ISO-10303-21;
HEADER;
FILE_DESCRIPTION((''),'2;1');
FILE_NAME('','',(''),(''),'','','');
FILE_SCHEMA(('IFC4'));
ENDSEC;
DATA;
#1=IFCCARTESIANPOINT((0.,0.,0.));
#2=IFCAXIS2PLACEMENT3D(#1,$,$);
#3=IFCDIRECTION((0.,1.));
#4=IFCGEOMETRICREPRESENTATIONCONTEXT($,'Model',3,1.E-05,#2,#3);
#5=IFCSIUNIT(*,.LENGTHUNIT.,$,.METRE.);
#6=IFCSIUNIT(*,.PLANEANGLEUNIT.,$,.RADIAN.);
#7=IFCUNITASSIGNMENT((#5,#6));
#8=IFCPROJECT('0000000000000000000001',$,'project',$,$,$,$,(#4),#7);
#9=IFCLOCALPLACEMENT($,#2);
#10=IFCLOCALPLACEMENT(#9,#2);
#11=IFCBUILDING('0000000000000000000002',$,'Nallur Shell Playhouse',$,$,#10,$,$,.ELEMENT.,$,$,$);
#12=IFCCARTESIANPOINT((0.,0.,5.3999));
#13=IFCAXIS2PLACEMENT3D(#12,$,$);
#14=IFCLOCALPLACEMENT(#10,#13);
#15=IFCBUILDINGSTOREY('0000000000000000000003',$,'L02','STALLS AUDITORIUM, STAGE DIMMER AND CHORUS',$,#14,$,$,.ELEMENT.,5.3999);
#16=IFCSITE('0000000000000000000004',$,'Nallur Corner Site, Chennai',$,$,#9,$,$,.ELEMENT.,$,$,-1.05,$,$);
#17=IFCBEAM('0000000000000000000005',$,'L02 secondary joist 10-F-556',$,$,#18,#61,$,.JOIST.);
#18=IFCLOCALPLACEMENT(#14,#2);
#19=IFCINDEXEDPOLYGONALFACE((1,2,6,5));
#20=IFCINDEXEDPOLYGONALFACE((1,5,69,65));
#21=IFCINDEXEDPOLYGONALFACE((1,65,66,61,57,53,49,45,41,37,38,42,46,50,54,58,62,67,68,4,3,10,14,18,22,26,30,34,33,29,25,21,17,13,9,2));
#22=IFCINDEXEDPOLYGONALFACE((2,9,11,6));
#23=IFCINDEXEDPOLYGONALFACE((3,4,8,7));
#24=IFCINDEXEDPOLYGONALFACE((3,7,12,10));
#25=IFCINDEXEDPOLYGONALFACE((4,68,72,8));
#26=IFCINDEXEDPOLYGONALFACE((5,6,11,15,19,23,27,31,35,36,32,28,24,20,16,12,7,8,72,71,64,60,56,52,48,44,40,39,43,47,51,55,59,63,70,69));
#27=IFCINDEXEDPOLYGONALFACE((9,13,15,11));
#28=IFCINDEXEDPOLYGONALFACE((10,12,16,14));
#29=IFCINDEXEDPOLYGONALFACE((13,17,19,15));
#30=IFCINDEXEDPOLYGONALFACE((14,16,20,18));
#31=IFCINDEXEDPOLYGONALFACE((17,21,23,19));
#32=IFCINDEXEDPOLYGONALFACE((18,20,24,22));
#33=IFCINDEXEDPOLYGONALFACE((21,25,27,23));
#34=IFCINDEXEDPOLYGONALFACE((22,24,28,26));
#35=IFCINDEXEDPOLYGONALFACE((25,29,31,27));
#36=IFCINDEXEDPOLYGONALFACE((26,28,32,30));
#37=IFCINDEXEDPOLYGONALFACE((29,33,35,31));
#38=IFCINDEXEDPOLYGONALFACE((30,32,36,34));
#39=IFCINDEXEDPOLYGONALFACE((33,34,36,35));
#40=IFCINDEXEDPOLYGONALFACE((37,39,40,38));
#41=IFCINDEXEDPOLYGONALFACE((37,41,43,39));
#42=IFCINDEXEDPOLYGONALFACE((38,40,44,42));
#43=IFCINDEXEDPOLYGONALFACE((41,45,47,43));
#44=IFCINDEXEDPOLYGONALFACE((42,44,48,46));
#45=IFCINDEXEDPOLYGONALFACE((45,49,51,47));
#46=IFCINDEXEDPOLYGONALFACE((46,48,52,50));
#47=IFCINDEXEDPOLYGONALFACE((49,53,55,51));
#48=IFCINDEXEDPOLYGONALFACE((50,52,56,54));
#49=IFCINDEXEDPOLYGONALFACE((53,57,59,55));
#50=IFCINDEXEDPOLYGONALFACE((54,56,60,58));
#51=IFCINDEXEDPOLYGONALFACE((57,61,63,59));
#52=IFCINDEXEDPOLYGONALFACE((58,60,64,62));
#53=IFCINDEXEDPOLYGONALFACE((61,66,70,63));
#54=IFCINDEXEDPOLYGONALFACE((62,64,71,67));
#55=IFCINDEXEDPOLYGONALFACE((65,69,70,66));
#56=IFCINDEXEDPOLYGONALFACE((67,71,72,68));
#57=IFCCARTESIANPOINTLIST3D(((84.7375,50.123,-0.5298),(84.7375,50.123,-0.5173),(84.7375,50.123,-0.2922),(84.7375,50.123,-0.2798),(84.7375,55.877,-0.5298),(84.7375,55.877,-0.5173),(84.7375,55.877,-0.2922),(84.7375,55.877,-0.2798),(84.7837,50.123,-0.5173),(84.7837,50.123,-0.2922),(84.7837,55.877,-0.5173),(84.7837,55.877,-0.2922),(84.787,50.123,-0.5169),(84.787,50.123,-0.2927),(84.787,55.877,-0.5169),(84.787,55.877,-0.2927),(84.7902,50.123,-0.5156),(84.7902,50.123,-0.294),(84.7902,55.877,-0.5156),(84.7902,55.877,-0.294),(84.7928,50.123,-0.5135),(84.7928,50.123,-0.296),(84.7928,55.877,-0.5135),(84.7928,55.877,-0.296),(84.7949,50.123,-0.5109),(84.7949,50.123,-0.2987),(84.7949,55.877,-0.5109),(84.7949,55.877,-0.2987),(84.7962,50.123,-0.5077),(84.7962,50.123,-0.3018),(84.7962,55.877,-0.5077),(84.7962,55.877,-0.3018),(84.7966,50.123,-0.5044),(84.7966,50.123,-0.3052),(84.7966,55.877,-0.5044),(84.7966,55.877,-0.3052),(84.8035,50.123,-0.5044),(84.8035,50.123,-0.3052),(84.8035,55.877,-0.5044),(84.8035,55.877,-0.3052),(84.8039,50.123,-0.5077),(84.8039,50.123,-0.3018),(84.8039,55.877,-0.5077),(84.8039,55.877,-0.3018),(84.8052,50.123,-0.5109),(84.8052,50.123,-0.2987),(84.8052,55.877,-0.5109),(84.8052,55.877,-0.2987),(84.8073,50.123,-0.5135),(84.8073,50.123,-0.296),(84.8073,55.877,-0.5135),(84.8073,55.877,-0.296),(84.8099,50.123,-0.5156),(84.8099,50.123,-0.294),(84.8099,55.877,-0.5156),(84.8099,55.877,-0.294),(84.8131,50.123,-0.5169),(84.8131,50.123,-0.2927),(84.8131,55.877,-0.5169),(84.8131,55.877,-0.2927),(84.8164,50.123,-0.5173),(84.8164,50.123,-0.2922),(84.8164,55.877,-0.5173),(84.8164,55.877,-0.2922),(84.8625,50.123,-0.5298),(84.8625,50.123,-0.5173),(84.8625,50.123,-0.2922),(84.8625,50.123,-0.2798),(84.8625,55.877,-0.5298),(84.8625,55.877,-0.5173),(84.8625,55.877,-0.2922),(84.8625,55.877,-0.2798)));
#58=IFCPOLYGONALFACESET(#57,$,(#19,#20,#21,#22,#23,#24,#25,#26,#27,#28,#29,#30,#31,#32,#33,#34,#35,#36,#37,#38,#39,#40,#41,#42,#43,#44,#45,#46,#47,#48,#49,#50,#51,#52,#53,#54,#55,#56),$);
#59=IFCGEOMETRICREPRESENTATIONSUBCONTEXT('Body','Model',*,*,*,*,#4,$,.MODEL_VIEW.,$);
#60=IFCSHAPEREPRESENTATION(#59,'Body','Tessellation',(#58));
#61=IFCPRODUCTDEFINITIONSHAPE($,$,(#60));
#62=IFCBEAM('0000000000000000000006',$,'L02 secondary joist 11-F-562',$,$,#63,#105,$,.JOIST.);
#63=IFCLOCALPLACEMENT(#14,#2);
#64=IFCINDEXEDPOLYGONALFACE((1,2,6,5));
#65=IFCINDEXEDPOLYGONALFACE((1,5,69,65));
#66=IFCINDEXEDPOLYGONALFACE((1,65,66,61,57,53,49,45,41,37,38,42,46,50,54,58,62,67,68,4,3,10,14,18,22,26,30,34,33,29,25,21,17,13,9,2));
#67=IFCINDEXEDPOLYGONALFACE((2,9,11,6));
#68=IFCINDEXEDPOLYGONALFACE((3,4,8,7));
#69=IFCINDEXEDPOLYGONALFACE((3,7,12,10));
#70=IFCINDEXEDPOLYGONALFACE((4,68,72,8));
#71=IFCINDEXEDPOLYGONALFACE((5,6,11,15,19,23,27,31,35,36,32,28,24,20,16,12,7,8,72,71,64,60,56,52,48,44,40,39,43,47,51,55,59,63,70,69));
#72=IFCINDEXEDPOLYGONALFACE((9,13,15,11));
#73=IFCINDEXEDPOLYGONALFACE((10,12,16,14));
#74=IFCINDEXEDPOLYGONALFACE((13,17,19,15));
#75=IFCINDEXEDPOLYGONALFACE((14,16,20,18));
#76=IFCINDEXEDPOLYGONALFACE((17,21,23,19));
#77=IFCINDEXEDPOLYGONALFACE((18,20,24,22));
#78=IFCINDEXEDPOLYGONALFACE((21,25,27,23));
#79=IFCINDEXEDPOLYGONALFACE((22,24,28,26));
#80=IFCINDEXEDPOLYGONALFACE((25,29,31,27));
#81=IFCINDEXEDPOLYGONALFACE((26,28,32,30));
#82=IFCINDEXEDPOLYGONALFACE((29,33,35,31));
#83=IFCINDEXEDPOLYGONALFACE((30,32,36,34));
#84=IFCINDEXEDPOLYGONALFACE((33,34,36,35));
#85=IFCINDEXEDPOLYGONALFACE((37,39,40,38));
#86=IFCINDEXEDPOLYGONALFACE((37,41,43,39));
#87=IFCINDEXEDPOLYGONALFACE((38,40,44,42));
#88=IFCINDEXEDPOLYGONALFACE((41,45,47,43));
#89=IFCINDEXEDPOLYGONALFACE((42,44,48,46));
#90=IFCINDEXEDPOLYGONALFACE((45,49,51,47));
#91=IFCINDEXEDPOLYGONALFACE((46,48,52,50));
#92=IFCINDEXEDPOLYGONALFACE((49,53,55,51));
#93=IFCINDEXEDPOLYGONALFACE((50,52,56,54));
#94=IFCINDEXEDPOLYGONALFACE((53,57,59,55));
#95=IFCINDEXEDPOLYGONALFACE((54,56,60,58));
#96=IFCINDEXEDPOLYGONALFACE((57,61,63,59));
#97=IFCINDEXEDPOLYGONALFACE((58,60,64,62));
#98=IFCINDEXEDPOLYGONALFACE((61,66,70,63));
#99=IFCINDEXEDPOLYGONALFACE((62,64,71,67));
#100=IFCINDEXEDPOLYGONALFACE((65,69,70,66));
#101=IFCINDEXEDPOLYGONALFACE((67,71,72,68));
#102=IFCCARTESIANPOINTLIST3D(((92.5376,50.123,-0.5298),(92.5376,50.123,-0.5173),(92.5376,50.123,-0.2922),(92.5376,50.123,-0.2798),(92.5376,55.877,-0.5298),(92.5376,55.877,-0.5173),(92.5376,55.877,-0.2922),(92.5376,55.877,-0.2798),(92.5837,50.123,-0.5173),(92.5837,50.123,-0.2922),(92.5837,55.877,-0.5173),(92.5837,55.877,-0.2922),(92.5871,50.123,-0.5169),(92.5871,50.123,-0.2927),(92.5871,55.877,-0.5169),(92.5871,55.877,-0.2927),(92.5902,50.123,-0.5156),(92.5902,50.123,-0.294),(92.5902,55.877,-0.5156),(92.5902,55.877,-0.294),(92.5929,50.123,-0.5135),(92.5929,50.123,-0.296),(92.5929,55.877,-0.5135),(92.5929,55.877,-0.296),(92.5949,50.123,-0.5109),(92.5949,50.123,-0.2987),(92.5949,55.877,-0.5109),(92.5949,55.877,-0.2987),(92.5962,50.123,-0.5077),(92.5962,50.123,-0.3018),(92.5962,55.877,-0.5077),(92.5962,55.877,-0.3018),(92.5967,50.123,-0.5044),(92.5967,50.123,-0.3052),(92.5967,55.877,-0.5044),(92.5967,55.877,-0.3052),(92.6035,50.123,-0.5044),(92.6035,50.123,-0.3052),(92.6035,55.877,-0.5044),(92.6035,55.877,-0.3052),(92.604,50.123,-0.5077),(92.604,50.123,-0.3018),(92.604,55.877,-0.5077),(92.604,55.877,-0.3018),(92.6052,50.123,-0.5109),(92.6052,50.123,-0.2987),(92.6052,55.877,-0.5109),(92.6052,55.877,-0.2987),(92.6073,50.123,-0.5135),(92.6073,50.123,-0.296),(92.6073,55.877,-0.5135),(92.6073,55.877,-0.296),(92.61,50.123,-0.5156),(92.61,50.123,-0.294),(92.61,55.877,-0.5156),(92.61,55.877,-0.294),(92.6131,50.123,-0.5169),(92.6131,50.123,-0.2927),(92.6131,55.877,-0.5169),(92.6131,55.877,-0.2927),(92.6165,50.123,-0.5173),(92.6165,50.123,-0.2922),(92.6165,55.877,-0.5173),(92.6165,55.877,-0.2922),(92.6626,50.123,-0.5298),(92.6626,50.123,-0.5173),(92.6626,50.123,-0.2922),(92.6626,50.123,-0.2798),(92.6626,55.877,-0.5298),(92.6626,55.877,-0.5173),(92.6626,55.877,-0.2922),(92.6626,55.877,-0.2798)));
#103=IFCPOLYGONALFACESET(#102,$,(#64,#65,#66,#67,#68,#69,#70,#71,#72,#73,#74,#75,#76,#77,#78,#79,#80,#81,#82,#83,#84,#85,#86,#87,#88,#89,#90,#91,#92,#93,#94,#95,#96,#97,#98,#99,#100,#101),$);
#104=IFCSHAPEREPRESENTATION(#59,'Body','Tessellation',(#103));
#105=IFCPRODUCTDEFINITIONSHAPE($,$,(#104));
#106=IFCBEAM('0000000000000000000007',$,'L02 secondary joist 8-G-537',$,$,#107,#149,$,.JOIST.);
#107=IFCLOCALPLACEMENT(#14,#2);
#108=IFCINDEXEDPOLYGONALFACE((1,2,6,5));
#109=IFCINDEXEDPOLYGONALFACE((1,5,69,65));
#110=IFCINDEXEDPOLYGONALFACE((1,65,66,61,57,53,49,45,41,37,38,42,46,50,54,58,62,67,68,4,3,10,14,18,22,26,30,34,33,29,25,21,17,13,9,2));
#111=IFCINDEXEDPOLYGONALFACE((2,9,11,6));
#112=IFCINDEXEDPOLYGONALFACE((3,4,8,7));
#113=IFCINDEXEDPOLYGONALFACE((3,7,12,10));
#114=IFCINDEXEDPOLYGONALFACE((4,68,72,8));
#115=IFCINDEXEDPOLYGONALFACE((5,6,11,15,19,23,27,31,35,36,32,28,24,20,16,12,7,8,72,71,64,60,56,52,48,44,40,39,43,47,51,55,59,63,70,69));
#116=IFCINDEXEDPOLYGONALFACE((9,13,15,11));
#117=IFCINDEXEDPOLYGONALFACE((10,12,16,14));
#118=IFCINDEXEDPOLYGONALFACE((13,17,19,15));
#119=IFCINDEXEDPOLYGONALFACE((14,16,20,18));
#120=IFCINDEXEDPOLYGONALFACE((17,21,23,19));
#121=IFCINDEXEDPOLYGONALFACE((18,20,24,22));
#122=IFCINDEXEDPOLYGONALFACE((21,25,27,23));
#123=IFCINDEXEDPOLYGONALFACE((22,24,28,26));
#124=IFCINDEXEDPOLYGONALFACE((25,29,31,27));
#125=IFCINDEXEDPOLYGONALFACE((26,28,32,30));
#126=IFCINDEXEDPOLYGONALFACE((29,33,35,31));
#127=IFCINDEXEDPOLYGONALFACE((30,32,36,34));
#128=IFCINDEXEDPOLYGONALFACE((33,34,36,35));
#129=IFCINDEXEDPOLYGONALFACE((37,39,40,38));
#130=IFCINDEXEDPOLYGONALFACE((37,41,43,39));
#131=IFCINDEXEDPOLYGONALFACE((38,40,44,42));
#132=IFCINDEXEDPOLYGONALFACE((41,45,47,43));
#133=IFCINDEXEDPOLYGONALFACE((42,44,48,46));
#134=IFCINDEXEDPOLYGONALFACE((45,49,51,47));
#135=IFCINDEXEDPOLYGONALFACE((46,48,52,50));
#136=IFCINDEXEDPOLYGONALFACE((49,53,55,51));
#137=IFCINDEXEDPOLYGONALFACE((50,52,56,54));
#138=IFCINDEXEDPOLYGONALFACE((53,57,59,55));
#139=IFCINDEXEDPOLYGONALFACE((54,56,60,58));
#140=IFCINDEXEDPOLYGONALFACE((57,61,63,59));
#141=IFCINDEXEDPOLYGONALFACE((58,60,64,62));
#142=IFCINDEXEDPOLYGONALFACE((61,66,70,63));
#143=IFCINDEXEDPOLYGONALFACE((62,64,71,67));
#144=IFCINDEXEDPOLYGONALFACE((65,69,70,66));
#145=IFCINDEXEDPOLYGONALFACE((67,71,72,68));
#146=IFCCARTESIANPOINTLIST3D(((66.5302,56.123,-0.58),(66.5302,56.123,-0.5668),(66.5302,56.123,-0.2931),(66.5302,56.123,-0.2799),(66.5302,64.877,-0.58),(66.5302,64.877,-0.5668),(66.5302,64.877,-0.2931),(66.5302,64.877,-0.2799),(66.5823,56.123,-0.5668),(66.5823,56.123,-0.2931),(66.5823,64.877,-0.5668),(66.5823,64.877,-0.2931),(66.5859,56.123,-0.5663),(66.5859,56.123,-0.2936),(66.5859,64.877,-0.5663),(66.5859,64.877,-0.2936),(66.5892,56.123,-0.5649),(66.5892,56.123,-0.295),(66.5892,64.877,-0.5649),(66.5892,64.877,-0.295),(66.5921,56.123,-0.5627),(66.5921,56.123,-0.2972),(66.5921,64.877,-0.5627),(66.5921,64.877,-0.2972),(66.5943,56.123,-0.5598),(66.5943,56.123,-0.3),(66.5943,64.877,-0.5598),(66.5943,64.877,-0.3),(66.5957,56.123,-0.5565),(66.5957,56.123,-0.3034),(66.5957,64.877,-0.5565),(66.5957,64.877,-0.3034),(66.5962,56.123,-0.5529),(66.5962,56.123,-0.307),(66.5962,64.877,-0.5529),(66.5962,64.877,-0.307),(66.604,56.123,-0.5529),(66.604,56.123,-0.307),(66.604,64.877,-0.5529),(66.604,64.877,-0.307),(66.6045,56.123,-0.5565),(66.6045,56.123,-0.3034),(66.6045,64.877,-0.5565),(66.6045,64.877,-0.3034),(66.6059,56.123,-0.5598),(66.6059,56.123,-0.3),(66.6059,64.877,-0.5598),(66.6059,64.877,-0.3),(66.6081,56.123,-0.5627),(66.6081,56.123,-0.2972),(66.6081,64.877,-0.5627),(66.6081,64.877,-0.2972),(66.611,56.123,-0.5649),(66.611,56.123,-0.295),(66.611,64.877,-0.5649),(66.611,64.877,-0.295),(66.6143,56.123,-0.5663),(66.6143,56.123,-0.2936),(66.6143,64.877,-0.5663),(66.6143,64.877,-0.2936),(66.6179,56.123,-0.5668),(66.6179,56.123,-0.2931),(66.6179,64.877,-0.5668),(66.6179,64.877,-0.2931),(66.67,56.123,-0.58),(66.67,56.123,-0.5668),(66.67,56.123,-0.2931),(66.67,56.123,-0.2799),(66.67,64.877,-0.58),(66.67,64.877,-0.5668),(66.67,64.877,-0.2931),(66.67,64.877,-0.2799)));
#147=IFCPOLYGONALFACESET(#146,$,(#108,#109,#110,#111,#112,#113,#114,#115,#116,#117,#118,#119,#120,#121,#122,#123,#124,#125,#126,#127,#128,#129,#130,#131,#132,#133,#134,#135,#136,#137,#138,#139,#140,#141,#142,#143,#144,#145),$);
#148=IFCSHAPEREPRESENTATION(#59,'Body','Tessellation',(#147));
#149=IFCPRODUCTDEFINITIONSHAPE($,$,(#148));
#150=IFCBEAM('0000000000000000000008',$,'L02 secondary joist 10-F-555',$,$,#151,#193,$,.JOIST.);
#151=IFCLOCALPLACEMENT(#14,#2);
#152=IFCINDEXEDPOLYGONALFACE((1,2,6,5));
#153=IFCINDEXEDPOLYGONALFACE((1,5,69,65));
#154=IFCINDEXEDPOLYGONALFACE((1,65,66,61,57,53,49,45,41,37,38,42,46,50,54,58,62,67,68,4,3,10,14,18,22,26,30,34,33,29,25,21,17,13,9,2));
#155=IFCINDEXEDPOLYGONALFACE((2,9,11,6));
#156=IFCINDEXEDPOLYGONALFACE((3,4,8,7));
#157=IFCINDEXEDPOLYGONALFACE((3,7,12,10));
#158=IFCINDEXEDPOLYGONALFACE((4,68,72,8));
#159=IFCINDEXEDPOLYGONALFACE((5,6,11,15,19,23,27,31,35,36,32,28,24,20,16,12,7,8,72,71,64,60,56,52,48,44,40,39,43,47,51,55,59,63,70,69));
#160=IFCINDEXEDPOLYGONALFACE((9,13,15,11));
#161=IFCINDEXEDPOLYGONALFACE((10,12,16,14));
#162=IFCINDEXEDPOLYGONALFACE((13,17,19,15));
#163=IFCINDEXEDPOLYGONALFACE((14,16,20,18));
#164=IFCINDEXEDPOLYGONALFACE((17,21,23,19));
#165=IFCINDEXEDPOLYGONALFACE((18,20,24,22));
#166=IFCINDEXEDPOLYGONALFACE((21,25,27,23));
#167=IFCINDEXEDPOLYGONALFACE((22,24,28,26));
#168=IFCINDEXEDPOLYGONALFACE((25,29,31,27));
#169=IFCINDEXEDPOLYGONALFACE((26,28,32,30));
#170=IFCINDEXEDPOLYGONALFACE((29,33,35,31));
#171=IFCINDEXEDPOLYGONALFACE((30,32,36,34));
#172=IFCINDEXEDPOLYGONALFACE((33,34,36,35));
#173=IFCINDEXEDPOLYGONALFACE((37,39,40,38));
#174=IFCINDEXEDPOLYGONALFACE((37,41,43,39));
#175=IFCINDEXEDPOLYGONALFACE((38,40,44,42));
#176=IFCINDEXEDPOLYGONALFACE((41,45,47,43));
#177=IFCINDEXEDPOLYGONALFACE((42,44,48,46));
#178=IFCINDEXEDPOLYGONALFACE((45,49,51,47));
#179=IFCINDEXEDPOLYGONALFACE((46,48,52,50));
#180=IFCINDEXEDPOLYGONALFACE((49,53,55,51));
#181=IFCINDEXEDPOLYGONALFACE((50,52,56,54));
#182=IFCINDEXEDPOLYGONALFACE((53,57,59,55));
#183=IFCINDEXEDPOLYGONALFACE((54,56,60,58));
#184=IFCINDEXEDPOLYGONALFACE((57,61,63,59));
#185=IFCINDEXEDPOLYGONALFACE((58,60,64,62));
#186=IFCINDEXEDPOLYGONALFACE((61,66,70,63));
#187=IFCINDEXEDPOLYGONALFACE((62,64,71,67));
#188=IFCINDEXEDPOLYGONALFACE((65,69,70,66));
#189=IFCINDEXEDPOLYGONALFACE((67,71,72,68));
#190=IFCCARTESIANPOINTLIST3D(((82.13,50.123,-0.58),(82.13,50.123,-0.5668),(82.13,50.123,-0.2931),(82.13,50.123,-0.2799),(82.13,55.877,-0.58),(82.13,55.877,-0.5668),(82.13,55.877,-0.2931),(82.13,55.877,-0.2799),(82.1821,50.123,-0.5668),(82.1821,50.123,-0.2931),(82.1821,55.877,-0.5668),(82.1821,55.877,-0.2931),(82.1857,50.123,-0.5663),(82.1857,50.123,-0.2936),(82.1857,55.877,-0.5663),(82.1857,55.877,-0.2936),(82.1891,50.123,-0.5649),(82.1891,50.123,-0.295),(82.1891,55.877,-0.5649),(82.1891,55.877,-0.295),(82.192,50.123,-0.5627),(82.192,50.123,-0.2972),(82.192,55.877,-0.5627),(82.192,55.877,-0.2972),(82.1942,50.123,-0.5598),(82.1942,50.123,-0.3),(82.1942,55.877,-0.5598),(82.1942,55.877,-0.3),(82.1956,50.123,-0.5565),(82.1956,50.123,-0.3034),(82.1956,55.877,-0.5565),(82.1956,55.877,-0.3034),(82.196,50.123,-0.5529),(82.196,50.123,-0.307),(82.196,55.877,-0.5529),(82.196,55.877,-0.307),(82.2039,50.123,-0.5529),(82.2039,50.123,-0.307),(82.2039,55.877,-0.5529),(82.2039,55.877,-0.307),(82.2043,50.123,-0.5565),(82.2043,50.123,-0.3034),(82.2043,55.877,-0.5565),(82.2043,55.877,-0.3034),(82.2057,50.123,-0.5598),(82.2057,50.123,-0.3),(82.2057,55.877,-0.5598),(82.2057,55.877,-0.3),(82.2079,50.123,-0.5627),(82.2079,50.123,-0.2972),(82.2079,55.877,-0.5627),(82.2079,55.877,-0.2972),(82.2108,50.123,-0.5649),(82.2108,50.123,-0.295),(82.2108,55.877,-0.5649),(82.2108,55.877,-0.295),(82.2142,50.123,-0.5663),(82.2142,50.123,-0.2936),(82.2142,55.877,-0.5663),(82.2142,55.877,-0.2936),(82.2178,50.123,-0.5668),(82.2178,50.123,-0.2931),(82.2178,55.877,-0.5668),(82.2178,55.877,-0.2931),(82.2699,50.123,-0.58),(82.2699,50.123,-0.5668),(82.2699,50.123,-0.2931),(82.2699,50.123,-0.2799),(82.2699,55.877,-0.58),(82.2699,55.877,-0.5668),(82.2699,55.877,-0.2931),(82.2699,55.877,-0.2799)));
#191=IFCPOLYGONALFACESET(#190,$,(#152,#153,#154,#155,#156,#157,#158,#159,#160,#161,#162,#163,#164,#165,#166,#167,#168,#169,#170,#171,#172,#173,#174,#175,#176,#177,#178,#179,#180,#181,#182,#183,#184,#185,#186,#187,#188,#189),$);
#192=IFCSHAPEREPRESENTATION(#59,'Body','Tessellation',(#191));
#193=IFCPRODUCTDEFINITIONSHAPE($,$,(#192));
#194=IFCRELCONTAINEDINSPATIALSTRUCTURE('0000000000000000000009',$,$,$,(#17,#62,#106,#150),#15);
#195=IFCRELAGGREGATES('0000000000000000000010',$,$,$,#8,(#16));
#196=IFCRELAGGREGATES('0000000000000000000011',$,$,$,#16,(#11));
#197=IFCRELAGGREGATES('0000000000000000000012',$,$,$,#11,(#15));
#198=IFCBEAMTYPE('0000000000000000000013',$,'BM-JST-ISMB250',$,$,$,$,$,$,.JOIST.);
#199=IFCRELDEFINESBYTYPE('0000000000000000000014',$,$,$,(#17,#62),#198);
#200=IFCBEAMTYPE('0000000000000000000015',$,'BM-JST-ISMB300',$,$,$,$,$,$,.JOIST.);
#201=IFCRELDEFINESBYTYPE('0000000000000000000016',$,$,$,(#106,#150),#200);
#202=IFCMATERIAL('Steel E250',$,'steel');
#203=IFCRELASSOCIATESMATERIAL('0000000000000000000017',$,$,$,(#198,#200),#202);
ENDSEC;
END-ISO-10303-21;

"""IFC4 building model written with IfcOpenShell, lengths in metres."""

from ifc_helpers import new_model, si_unit, direction, frame, origin, origin_2d, place, context, subcontext, project, spatial, i_section, extrude, material, material_profile, profile_set, type_object, element, save


model = new_model("IFC4")

# Units and contexts
model_context = context("Model", 3, precision=1e-05, world=origin(), true_north=direction((0.0, 1.0)))
body_context = subcontext(model_context, "Body", "Model", "MODEL_VIEW")
ifc_project = project(units=[si_unit("LENGTHUNIT", "METRE"), si_unit("PLANEANGLEUNIT", "RADIAN")], contexts=[model_context])

# Site, building, storey
site_placement = place(None, origin())
site = spatial("IfcSite", under=ifc_project, at=site_placement, Name="Nallur Corner Site, Chennai", CompositionType="ELEMENT", RefElevation=-1.05)
building_placement = place(site_placement, origin())
building = spatial("IfcBuilding", under=site, at=building_placement, Name="Nallur Shell Playhouse", CompositionType="ELEMENT")
storey_placement = place(building_placement, frame((0.0, 0.0, 5.3999)))
storey = spatial("IfcBuildingStorey", under=building, at=storey_placement, Name="L02", Description="STALLS AUDITORIUM, STAGE DIMMER AND CHORUS", CompositionType="ELEMENT", Elevation=5.3999)

# Beams
ifc_material_1 = material(Name="Steel E250", Category="steel")
ifc_material_profile_1 = material_profile(ifc_material_1, i_section(OverallWidth=0.125, OverallDepth=0.25, WebThickness=0.0068, FlangeThickness=0.0125, FilletRadius=0.0129, at=origin_2d()), Name="ISMB 250")
ifc_profile_set_1 = profile_set([ifc_material_profile_1], Name="Steel E250")
beam_type_1 = type_object("IfcBeamType", Name="BM-JST-ISMB250", PredefinedType="JOIST", material=ifc_profile_set_1)
for number, where, z_axis, x_axis, name in (
    (1, (84.8, 50.123, -0.4048), (0.0, 1.0, 0.0), (-1.0, 0.0, 0.0), "L02 secondary joist 10-F-556"),
    (2, (92.6001, 50.123, -0.4048), (0.0, 1.0, 0.0), (-1.0, 0.0, 0.0), "L02 secondary joist 11-F-562"),
):
    element("IfcBeam", number, at=place(storey_placement, frame(where, z_axis=z_axis, x_axis=x_axis)), inside=storey, type_object=beam_type_1, Name=name, PredefinedType="JOIST", context=body_context, shape_type="SweptSolid", body=[
        extrude(i_section(OverallWidth=0.125, OverallDepth=0.25, WebThickness=0.0068, FlangeThickness=0.0125, FilletRadius=0.0129, at=origin_2d()), origin(), (0.0, 0.0, 1.0), 5.7539),
    ])
ifc_material_profile_2 = material_profile(ifc_material_1, i_section(OverallWidth=0.1399, OverallDepth=0.3, WebThickness=0.0078, FlangeThickness=0.0132, FilletRadius=0.0139, at=origin_2d()), Name="ISMB 300")
ifc_profile_set_2 = profile_set([ifc_material_profile_2], Name="Steel E250")
beam_type_2 = type_object("IfcBeamType", Name="BM-JST-ISMB300", PredefinedType="JOIST", material=ifc_profile_set_2)
beam_1_placement = place(storey_placement, frame((66.6001, 56.123, -0.4299), z_axis=(0.0, 1.0, 0.0), x_axis=(-1.0, 0.0, 0.0)))
element("IfcBeam", 3, at=beam_1_placement, inside=storey, type_object=beam_type_2, Name="L02 secondary joist 8-G-537", PredefinedType="JOIST", context=body_context, shape_type="SweptSolid", body=[
    extrude(i_section(OverallWidth=0.1399, OverallDepth=0.3, WebThickness=0.0078, FlangeThickness=0.0132, FilletRadius=0.0139, at=origin_2d()), origin(), (0.0, 0.0, 1.0), 8.7539),
])
for number, where, z_axis, x_axis, name in (
    (4, (82.2, 50.123, -0.4299), (0.0, 1.0, 0.0), (-1.0, 0.0, 0.0), "L02 secondary joist 10-F-555"),
):
    element("IfcBeam", number, at=place(storey_placement, frame(where, z_axis=z_axis, x_axis=x_axis)), inside=storey, type_object=beam_type_2, Name=name, PredefinedType="JOIST", context=body_context, shape_type="SweptSolid", body=[
        extrude(i_section(OverallWidth=0.1399, OverallDepth=0.3, WebThickness=0.0078, FlangeThickness=0.0132, FilletRadius=0.0139, at=origin_2d()), origin(), (0.0, 0.0, 1.0), 5.7539),
    ])

save(model, "model.ifc")
